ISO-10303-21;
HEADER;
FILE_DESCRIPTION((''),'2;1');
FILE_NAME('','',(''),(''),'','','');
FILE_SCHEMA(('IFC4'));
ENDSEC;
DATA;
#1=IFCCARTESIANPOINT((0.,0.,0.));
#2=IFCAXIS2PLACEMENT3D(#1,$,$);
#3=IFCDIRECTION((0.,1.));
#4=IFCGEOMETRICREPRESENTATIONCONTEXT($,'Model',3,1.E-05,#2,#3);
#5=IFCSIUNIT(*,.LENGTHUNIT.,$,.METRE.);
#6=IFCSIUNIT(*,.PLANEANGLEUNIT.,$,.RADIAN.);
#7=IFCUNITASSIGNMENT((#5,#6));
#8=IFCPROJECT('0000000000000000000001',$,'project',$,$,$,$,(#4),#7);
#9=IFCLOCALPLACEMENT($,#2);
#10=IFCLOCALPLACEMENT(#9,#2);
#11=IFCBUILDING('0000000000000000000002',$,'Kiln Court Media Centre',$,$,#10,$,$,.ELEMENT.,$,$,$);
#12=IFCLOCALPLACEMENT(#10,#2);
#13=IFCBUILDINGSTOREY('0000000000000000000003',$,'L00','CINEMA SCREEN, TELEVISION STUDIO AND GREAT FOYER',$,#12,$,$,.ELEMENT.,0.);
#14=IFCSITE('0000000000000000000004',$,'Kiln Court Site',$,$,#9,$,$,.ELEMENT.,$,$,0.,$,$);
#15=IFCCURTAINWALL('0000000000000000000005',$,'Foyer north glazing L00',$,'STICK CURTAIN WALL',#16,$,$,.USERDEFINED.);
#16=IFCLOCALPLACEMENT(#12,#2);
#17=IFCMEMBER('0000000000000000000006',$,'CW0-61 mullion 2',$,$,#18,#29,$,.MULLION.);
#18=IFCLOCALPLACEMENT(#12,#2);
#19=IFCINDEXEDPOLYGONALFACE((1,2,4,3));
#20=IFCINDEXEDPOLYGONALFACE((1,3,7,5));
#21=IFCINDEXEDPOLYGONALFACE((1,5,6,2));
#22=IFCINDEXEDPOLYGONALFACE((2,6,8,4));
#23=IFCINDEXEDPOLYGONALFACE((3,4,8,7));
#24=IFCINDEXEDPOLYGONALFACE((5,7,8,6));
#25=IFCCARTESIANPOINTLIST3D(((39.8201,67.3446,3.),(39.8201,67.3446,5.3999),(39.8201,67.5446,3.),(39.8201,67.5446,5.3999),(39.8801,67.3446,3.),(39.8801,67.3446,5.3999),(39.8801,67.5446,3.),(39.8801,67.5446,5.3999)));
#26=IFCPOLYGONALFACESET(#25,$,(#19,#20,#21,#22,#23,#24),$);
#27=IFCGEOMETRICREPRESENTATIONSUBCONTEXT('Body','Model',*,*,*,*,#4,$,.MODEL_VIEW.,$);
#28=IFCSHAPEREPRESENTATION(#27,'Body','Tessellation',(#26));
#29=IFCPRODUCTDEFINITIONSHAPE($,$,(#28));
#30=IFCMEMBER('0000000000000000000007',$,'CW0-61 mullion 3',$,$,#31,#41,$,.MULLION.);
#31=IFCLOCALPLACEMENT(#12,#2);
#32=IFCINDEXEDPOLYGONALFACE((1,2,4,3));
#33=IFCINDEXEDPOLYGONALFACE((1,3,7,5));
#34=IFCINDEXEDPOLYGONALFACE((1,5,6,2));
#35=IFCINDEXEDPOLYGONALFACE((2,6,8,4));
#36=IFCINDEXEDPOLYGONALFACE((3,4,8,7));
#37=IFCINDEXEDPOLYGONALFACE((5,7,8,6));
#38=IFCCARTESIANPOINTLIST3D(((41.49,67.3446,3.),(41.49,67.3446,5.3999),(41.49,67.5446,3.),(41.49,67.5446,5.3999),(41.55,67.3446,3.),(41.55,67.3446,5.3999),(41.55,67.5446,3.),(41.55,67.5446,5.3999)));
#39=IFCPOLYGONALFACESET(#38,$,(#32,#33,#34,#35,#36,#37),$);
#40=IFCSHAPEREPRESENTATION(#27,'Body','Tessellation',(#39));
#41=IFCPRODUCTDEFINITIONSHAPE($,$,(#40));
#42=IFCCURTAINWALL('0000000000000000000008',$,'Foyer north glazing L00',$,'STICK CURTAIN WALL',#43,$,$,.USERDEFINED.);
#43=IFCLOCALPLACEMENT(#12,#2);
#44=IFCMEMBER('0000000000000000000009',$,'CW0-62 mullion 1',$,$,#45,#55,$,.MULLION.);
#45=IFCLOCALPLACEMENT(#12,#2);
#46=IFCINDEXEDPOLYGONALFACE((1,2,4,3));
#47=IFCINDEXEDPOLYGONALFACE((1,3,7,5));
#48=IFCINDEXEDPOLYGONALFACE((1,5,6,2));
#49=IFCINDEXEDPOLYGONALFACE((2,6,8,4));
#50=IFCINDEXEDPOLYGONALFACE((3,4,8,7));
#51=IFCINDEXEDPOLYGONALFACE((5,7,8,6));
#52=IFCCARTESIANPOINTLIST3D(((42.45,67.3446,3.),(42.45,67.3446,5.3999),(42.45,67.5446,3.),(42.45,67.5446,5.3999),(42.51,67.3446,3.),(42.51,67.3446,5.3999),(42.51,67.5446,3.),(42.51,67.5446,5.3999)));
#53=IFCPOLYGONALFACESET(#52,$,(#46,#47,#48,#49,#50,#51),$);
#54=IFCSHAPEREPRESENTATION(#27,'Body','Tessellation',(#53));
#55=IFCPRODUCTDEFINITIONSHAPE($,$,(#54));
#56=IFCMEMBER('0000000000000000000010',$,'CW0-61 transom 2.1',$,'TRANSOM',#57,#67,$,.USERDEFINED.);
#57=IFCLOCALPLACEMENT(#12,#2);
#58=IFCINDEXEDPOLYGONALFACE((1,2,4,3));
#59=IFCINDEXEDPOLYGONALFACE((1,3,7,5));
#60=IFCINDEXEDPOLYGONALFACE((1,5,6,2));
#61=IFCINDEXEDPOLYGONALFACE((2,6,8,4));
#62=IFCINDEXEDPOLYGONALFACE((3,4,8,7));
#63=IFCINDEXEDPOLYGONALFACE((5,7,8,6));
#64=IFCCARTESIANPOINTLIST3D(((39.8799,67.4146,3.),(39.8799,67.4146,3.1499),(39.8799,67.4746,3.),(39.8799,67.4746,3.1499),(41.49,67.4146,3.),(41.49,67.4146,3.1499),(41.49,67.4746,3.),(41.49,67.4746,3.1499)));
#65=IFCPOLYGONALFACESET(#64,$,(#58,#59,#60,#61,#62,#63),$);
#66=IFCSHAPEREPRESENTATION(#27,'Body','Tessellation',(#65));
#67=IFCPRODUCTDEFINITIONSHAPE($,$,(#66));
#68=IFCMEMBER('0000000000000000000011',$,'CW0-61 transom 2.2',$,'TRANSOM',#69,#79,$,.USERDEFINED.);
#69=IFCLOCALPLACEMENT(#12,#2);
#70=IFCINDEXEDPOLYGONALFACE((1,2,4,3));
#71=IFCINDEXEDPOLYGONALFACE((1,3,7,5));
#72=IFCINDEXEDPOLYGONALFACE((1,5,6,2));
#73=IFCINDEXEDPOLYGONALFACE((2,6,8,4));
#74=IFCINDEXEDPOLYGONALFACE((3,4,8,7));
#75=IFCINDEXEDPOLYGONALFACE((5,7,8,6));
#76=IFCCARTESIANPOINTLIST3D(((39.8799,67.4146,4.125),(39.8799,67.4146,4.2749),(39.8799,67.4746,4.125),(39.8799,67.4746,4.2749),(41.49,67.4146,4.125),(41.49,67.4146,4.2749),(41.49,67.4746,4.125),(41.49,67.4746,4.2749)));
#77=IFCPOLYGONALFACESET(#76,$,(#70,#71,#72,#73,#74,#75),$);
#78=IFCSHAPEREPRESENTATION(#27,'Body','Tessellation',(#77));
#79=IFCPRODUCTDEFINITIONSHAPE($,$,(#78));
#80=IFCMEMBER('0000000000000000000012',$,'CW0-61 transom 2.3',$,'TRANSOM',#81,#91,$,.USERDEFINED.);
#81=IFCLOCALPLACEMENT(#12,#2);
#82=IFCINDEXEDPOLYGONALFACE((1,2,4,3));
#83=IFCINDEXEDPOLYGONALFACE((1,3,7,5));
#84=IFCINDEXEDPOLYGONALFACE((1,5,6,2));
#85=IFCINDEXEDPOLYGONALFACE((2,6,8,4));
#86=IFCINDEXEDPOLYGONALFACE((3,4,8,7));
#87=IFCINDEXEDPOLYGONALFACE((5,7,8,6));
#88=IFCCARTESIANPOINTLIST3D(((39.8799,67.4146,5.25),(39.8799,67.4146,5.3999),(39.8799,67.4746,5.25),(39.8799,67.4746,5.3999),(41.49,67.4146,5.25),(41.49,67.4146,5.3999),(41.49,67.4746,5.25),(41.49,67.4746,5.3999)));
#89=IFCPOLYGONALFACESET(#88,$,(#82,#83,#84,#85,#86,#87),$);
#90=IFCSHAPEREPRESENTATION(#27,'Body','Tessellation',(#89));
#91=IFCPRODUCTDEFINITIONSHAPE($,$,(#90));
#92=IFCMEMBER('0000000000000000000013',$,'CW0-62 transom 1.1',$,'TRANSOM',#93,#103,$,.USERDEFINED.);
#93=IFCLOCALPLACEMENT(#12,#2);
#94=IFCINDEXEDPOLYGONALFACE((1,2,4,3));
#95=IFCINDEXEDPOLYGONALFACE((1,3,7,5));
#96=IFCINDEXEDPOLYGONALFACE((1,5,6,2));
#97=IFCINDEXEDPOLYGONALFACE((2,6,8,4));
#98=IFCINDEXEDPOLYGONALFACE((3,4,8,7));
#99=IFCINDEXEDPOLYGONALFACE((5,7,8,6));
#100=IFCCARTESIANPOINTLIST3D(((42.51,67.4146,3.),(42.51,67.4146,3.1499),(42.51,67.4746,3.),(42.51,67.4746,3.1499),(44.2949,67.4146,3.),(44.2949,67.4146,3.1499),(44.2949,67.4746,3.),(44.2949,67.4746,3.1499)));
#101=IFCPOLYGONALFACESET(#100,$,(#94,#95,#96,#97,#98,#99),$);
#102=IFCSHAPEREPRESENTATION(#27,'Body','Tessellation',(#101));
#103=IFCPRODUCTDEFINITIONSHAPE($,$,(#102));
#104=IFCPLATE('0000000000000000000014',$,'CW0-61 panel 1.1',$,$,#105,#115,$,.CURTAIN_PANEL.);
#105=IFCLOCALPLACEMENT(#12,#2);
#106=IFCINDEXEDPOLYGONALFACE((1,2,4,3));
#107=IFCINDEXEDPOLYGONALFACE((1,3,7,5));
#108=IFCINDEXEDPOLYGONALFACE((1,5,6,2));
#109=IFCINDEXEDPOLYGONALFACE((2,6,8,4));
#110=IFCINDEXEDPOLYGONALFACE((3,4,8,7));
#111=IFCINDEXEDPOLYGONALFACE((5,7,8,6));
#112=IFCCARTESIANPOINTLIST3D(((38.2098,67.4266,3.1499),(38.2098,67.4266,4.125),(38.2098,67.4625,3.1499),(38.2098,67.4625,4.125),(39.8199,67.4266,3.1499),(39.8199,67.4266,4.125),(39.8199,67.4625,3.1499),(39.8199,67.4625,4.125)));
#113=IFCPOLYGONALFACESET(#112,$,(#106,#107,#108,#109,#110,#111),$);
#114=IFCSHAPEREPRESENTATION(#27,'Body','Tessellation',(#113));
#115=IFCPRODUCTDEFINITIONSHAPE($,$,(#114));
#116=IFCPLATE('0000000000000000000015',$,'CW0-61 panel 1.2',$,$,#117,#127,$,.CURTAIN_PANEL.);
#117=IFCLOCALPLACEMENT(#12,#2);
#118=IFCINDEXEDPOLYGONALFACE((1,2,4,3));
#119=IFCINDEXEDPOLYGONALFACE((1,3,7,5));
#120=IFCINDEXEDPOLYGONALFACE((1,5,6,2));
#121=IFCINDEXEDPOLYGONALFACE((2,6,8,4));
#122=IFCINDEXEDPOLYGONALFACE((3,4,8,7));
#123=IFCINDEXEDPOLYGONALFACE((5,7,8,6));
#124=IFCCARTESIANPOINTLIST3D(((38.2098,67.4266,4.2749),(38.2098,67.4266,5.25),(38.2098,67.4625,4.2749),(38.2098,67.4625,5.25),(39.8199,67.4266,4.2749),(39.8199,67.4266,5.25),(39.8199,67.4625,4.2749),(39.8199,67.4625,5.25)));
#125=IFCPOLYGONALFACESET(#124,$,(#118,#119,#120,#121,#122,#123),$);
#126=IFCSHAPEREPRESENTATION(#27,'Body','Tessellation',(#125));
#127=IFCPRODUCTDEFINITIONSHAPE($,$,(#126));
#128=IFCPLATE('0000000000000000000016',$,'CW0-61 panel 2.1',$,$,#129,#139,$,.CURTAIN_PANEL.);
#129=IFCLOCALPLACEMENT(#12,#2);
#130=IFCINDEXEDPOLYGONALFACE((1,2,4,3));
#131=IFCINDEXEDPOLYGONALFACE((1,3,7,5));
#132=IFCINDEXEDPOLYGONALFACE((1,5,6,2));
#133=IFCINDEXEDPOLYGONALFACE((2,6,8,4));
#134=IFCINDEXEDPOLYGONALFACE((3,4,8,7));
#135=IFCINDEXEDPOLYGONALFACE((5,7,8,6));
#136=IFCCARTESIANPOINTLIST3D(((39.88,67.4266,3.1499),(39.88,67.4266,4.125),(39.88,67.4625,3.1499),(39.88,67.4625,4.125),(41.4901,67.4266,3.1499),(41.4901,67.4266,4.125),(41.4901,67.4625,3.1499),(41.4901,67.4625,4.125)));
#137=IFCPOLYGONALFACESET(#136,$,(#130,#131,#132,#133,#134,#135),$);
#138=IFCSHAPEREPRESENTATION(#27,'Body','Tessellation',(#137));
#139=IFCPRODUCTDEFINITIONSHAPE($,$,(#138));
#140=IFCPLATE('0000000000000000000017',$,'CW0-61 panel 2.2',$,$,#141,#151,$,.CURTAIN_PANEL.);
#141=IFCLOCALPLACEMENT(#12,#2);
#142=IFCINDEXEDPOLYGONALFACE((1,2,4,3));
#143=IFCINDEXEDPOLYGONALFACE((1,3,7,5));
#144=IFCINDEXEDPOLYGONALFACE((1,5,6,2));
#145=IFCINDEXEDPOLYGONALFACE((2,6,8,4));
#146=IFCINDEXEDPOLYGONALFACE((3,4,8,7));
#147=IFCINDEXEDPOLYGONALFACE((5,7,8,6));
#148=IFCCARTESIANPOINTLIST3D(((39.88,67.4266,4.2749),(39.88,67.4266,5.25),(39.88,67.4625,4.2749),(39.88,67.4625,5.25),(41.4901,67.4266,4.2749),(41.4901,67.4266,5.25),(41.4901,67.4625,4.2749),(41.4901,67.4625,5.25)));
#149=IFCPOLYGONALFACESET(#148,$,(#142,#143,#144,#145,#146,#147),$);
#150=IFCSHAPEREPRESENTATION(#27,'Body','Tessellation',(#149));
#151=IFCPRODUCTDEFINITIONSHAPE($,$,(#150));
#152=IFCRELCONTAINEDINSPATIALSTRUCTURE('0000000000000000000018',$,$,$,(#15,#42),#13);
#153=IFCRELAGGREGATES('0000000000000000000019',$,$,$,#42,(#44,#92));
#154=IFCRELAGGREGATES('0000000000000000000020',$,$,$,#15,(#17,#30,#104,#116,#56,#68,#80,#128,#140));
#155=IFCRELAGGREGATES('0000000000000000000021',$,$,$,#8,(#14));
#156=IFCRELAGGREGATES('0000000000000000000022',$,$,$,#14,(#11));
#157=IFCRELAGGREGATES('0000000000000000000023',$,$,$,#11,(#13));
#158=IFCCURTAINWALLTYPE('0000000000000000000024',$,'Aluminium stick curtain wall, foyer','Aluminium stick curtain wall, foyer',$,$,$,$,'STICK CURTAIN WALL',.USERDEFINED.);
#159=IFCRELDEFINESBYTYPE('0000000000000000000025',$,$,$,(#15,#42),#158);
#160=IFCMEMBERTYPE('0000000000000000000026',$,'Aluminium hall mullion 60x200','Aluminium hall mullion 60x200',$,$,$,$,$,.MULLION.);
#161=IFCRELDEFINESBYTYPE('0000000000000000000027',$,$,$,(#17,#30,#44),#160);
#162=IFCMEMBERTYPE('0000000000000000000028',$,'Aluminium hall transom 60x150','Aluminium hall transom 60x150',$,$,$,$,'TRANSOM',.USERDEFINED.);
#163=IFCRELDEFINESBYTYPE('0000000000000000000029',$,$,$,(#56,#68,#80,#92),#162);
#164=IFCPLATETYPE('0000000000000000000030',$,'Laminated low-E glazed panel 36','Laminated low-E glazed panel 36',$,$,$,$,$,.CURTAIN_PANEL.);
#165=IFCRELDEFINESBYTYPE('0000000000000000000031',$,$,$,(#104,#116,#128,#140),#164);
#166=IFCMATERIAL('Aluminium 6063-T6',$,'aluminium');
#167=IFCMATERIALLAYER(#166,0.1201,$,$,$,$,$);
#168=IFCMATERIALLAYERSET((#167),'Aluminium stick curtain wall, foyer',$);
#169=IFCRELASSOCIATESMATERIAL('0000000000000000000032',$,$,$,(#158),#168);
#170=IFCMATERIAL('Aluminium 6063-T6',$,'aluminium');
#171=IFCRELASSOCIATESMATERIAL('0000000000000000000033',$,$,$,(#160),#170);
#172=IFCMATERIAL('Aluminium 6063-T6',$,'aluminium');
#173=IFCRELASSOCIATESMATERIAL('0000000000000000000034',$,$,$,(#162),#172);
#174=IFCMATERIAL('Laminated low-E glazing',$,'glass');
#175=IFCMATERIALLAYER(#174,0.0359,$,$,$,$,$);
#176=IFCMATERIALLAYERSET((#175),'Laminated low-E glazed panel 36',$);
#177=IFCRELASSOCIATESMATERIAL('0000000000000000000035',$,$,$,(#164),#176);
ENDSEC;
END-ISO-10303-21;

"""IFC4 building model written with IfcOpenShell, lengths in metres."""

from ifc_helpers import new_model, si_unit, direction, frame, origin, origin_2d, place, context, subcontext, project, spatial, rectangle, extrude, material, layer, layer_set, material_profile, profile_set, type_object, element, aggregate, save


model = new_model("IFC4")

# Units and contexts
model_context = context("Model", 3, precision=1e-05, world=origin(), true_north=direction((0.0, 1.0)))
body_context = subcontext(model_context, "Body", "Model", "MODEL_VIEW")
ifc_project = project(units=[si_unit("LENGTHUNIT", "METRE"), si_unit("PLANEANGLEUNIT", "RADIAN")], contexts=[model_context])

# Site, building, storey
site_placement = place(None, origin())
site = spatial("IfcSite", under=ifc_project, at=site_placement, Name="Kiln Court Site", CompositionType="ELEMENT", RefElevation=0.0)
building_placement = place(site_placement, origin())
building = spatial("IfcBuilding", under=site, at=building_placement, Name="Kiln Court Media Centre", CompositionType="ELEMENT")
storey_placement = place(building_placement, origin())
storey = spatial("IfcBuildingStorey", under=building, at=storey_placement, Name="L00", Description="CINEMA SCREEN, TELEVISION STUDIO AND GREAT FOYER", CompositionType="ELEMENT", Elevation=0.0)

# Curtain wall, members
ifc_material_1 = material(Name="Aluminium 6063-T6", Category="aluminium")
ifc_layer_1 = layer(ifc_material_1, 0.1201)
ifc_layer_set_1 = layer_set([ifc_layer_1], Name="Aluminium stick curtain wall, foyer")
curtain_wall_type = type_object("IfcCurtainWallType", Name="Aluminium stick curtain wall, foyer", Description="Aluminium stick curtain wall, foyer", ElementType="STICK CURTAIN WALL", PredefinedType="USERDEFINED", material=ifc_layer_set_1)
curtain_wall_1_placement = place(storey_placement, origin())
curtain_wall_1 = element("IfcCurtainWall", 1, at=curtain_wall_1_placement, inside=storey, type_object=curtain_wall_type, Name="Foyer north glazing L00", ObjectType="STICK CURTAIN WALL", PredefinedType="USERDEFINED")
ifc_material_2 = material(Name="Aluminium 6063-T6", Category="aluminium")
ifc_material_profile_1 = material_profile(ifc_material_2, rectangle(XDim=0.0601, YDim=0.2, at=origin_2d()), Name="Aluminium hall mullion 60x200")
ifc_profile_set_1 = profile_set([ifc_material_profile_1], Name="Aluminium 6063-T6")
member_type_1 = type_object("IfcMemberType", Name="Aluminium hall mullion 60x200", Description="Aluminium hall mullion 60x200", PredefinedType="MULLION", material=ifc_profile_set_1)
member_1_placement = place(storey_placement, frame((39.8501, 67.4446, 3.0), z_axis=(0.0, 0.0, 1.0), x_axis=(1.0, 0.0, 0.0)))
member_1 = element("IfcMember", 2, at=member_1_placement, type_object=member_type_1, Name="CW0-61 mullion 2", PredefinedType="MULLION", context=body_context, shape_type="SweptSolid", body=[
    extrude(rectangle(XDim=0.0601, YDim=0.2, at=origin_2d()), origin(), (0.0, 0.0, 1.0), 2.3999),
])
member_2_placement = place(storey_placement, frame((41.52, 67.4446, 3.0), z_axis=(0.0, 0.0, 1.0), x_axis=(1.0, 0.0, 0.0)))
member_2 = element("IfcMember", 3, at=member_2_placement, type_object=member_type_1, Name="CW0-61 mullion 3", PredefinedType="MULLION", context=body_context, shape_type="SweptSolid", body=[
    extrude(rectangle(XDim=0.0601, YDim=0.2, at=origin_2d()), origin(), (0.0, 0.0, 1.0), 2.3999),
])

# Curtain wall, member
curtain_wall_2_placement = place(storey_placement, origin())
curtain_wall_2 = element("IfcCurtainWall", 4, at=curtain_wall_2_placement, inside=storey, type_object=curtain_wall_type, Name="Foyer north glazing L00", ObjectType="STICK CURTAIN WALL", PredefinedType="USERDEFINED")
member_3_placement = place(storey_placement, frame((42.48, 67.4446, 3.0), z_axis=(0.0, 0.0, 1.0), x_axis=(1.0, 0.0, 0.0)))
member_3 = element("IfcMember", 5, at=member_3_placement, type_object=member_type_1, Name="CW0-62 mullion 1", PredefinedType="MULLION", context=body_context, shape_type="SweptSolid", body=[
    extrude(rectangle(XDim=0.0601, YDim=0.2, at=origin_2d()), origin(), (0.0, 0.0, 1.0), 2.3999),
])

# Members
ifc_material_3 = material(Name="Aluminium 6063-T6", Category="aluminium")
ifc_material_profile_2 = material_profile(ifc_material_3, rectangle(XDim=0.0601, YDim=0.1499, at=origin_2d()), Name="Aluminium hall transom 60x150")
ifc_profile_set_2 = profile_set([ifc_material_profile_2], Name="Aluminium 6063-T6")
member_type_2 = type_object("IfcMemberType", Name="Aluminium hall transom 60x150", Description="Aluminium hall transom 60x150", ElementType="TRANSOM", PredefinedType="USERDEFINED", material=ifc_profile_set_2)
member_4_placement = place(storey_placement, frame((39.8799, 67.4446, 3.075), z_axis=(1.0, 0.0, 0.0), x_axis=(0.0, 1.0, 0.0)))
member_4 = element("IfcMember", 6, at=member_4_placement, type_object=member_type_2, Name="CW0-61 transom 2.1", ObjectType="TRANSOM", PredefinedType="USERDEFINED", context=body_context, shape_type="SweptSolid", body=[
    extrude(rectangle(XDim=0.0601, YDim=0.1499, at=origin_2d()), origin(), (0.0, 0.0, 1.0), 1.6101),
])
member_5_placement = place(storey_placement, frame((39.8799, 67.4446, 4.2), z_axis=(1.0, 0.0, 0.0), x_axis=(0.0, 1.0, 0.0)))
member_5 = element("IfcMember", 7, at=member_5_placement, type_object=member_type_2, Name="CW0-61 transom 2.2", ObjectType="TRANSOM", PredefinedType="USERDEFINED", context=body_context, shape_type="SweptSolid", body=[
    extrude(rectangle(XDim=0.0601, YDim=0.1499, at=origin_2d()), origin(), (0.0, 0.0, 1.0), 1.6101),
])
member_6_placement = place(storey_placement, frame((39.8799, 67.4446, 5.325), z_axis=(1.0, 0.0, 0.0), x_axis=(0.0, 1.0, 0.0)))
member_6 = element("IfcMember", 8, at=member_6_placement, type_object=member_type_2, Name="CW0-61 transom 2.3", ObjectType="TRANSOM", PredefinedType="USERDEFINED", context=body_context, shape_type="SweptSolid", body=[
    extrude(rectangle(XDim=0.0601, YDim=0.1499, at=origin_2d()), origin(), (0.0, 0.0, 1.0), 1.6101),
])
member_7_placement = place(storey_placement, frame((42.51, 67.4446, 3.075), z_axis=(1.0, 0.0, 0.0), x_axis=(0.0, 1.0, 0.0)))
member_7 = element("IfcMember", 9, at=member_7_placement, type_object=member_type_2, Name="CW0-62 transom 1.1", ObjectType="TRANSOM", PredefinedType="USERDEFINED", context=body_context, shape_type="SweptSolid", body=[
    extrude(rectangle(XDim=0.0601, YDim=0.1499, at=origin_2d()), origin(), (0.0, 0.0, 1.0), 1.7849),
])
aggregate(curtain_wall_2, [member_3, member_7])

# Plates
ifc_material_4 = material(Name="Laminated low-E glazing", Category="glass")
ifc_layer_2 = layer(ifc_material_4, 0.0359)
ifc_layer_set_2 = layer_set([ifc_layer_2], Name="Laminated low-E glazed panel 36")
plate_type = type_object("IfcPlateType", Name="Laminated low-E glazed panel 36", Description="Laminated low-E glazed panel 36", PredefinedType="CURTAIN_PANEL", material=ifc_layer_set_2)
plate_1_placement = place(storey_placement, frame((39.0149, 67.4446, 3.1499), z_axis=(0.0, 0.0, 1.0), x_axis=(1.0, 0.0, 0.0)))
plate_1 = element("IfcPlate", 10, at=plate_1_placement, type_object=plate_type, Name="CW0-61 panel 1.1", PredefinedType="CURTAIN_PANEL", context=body_context, shape_type="SweptSolid", body=[
    extrude(rectangle(XDim=1.6101, YDim=0.0359, at=origin_2d()), origin(), (0.0, 0.0, 1.0), 0.9751),
])
plate_2_placement = place(storey_placement, frame((39.0149, 67.4446, 4.2749), z_axis=(0.0, 0.0, 1.0), x_axis=(1.0, 0.0, 0.0)))
plate_2 = element("IfcPlate", 11, at=plate_2_placement, type_object=plate_type, Name="CW0-61 panel 1.2", PredefinedType="CURTAIN_PANEL", context=body_context, shape_type="SweptSolid", body=[
    extrude(rectangle(XDim=1.6101, YDim=0.0359, at=origin_2d()), origin(), (0.0, 0.0, 1.0), 0.9751),
])
plate_3_placement = place(storey_placement, frame((40.6851, 67.4446, 3.1499), z_axis=(0.0, 0.0, 1.0), x_axis=(1.0, 0.0, 0.0)))
plate_3 = element("IfcPlate", 12, at=plate_3_placement, type_object=plate_type, Name="CW0-61 panel 2.1", PredefinedType="CURTAIN_PANEL", context=body_context, shape_type="SweptSolid", body=[
    extrude(rectangle(XDim=1.6101, YDim=0.0359, at=origin_2d()), origin(), (0.0, 0.0, 1.0), 0.9751),
])
plate_4_placement = place(storey_placement, frame((40.6851, 67.4446, 4.2749), z_axis=(0.0, 0.0, 1.0), x_axis=(1.0, 0.0, 0.0)))
plate_4 = element("IfcPlate", 13, at=plate_4_placement, type_object=plate_type, Name="CW0-61 panel 2.2", PredefinedType="CURTAIN_PANEL", context=body_context, shape_type="SweptSolid", body=[
    extrude(rectangle(XDim=1.6101, YDim=0.0359, at=origin_2d()), origin(), (0.0, 0.0, 1.0), 0.9751),
])
aggregate(curtain_wall_1, [member_1, member_2, plate_1, plate_2, member_4, member_5, member_6, plate_3, plate_4])

save(model, "model.ifc")
